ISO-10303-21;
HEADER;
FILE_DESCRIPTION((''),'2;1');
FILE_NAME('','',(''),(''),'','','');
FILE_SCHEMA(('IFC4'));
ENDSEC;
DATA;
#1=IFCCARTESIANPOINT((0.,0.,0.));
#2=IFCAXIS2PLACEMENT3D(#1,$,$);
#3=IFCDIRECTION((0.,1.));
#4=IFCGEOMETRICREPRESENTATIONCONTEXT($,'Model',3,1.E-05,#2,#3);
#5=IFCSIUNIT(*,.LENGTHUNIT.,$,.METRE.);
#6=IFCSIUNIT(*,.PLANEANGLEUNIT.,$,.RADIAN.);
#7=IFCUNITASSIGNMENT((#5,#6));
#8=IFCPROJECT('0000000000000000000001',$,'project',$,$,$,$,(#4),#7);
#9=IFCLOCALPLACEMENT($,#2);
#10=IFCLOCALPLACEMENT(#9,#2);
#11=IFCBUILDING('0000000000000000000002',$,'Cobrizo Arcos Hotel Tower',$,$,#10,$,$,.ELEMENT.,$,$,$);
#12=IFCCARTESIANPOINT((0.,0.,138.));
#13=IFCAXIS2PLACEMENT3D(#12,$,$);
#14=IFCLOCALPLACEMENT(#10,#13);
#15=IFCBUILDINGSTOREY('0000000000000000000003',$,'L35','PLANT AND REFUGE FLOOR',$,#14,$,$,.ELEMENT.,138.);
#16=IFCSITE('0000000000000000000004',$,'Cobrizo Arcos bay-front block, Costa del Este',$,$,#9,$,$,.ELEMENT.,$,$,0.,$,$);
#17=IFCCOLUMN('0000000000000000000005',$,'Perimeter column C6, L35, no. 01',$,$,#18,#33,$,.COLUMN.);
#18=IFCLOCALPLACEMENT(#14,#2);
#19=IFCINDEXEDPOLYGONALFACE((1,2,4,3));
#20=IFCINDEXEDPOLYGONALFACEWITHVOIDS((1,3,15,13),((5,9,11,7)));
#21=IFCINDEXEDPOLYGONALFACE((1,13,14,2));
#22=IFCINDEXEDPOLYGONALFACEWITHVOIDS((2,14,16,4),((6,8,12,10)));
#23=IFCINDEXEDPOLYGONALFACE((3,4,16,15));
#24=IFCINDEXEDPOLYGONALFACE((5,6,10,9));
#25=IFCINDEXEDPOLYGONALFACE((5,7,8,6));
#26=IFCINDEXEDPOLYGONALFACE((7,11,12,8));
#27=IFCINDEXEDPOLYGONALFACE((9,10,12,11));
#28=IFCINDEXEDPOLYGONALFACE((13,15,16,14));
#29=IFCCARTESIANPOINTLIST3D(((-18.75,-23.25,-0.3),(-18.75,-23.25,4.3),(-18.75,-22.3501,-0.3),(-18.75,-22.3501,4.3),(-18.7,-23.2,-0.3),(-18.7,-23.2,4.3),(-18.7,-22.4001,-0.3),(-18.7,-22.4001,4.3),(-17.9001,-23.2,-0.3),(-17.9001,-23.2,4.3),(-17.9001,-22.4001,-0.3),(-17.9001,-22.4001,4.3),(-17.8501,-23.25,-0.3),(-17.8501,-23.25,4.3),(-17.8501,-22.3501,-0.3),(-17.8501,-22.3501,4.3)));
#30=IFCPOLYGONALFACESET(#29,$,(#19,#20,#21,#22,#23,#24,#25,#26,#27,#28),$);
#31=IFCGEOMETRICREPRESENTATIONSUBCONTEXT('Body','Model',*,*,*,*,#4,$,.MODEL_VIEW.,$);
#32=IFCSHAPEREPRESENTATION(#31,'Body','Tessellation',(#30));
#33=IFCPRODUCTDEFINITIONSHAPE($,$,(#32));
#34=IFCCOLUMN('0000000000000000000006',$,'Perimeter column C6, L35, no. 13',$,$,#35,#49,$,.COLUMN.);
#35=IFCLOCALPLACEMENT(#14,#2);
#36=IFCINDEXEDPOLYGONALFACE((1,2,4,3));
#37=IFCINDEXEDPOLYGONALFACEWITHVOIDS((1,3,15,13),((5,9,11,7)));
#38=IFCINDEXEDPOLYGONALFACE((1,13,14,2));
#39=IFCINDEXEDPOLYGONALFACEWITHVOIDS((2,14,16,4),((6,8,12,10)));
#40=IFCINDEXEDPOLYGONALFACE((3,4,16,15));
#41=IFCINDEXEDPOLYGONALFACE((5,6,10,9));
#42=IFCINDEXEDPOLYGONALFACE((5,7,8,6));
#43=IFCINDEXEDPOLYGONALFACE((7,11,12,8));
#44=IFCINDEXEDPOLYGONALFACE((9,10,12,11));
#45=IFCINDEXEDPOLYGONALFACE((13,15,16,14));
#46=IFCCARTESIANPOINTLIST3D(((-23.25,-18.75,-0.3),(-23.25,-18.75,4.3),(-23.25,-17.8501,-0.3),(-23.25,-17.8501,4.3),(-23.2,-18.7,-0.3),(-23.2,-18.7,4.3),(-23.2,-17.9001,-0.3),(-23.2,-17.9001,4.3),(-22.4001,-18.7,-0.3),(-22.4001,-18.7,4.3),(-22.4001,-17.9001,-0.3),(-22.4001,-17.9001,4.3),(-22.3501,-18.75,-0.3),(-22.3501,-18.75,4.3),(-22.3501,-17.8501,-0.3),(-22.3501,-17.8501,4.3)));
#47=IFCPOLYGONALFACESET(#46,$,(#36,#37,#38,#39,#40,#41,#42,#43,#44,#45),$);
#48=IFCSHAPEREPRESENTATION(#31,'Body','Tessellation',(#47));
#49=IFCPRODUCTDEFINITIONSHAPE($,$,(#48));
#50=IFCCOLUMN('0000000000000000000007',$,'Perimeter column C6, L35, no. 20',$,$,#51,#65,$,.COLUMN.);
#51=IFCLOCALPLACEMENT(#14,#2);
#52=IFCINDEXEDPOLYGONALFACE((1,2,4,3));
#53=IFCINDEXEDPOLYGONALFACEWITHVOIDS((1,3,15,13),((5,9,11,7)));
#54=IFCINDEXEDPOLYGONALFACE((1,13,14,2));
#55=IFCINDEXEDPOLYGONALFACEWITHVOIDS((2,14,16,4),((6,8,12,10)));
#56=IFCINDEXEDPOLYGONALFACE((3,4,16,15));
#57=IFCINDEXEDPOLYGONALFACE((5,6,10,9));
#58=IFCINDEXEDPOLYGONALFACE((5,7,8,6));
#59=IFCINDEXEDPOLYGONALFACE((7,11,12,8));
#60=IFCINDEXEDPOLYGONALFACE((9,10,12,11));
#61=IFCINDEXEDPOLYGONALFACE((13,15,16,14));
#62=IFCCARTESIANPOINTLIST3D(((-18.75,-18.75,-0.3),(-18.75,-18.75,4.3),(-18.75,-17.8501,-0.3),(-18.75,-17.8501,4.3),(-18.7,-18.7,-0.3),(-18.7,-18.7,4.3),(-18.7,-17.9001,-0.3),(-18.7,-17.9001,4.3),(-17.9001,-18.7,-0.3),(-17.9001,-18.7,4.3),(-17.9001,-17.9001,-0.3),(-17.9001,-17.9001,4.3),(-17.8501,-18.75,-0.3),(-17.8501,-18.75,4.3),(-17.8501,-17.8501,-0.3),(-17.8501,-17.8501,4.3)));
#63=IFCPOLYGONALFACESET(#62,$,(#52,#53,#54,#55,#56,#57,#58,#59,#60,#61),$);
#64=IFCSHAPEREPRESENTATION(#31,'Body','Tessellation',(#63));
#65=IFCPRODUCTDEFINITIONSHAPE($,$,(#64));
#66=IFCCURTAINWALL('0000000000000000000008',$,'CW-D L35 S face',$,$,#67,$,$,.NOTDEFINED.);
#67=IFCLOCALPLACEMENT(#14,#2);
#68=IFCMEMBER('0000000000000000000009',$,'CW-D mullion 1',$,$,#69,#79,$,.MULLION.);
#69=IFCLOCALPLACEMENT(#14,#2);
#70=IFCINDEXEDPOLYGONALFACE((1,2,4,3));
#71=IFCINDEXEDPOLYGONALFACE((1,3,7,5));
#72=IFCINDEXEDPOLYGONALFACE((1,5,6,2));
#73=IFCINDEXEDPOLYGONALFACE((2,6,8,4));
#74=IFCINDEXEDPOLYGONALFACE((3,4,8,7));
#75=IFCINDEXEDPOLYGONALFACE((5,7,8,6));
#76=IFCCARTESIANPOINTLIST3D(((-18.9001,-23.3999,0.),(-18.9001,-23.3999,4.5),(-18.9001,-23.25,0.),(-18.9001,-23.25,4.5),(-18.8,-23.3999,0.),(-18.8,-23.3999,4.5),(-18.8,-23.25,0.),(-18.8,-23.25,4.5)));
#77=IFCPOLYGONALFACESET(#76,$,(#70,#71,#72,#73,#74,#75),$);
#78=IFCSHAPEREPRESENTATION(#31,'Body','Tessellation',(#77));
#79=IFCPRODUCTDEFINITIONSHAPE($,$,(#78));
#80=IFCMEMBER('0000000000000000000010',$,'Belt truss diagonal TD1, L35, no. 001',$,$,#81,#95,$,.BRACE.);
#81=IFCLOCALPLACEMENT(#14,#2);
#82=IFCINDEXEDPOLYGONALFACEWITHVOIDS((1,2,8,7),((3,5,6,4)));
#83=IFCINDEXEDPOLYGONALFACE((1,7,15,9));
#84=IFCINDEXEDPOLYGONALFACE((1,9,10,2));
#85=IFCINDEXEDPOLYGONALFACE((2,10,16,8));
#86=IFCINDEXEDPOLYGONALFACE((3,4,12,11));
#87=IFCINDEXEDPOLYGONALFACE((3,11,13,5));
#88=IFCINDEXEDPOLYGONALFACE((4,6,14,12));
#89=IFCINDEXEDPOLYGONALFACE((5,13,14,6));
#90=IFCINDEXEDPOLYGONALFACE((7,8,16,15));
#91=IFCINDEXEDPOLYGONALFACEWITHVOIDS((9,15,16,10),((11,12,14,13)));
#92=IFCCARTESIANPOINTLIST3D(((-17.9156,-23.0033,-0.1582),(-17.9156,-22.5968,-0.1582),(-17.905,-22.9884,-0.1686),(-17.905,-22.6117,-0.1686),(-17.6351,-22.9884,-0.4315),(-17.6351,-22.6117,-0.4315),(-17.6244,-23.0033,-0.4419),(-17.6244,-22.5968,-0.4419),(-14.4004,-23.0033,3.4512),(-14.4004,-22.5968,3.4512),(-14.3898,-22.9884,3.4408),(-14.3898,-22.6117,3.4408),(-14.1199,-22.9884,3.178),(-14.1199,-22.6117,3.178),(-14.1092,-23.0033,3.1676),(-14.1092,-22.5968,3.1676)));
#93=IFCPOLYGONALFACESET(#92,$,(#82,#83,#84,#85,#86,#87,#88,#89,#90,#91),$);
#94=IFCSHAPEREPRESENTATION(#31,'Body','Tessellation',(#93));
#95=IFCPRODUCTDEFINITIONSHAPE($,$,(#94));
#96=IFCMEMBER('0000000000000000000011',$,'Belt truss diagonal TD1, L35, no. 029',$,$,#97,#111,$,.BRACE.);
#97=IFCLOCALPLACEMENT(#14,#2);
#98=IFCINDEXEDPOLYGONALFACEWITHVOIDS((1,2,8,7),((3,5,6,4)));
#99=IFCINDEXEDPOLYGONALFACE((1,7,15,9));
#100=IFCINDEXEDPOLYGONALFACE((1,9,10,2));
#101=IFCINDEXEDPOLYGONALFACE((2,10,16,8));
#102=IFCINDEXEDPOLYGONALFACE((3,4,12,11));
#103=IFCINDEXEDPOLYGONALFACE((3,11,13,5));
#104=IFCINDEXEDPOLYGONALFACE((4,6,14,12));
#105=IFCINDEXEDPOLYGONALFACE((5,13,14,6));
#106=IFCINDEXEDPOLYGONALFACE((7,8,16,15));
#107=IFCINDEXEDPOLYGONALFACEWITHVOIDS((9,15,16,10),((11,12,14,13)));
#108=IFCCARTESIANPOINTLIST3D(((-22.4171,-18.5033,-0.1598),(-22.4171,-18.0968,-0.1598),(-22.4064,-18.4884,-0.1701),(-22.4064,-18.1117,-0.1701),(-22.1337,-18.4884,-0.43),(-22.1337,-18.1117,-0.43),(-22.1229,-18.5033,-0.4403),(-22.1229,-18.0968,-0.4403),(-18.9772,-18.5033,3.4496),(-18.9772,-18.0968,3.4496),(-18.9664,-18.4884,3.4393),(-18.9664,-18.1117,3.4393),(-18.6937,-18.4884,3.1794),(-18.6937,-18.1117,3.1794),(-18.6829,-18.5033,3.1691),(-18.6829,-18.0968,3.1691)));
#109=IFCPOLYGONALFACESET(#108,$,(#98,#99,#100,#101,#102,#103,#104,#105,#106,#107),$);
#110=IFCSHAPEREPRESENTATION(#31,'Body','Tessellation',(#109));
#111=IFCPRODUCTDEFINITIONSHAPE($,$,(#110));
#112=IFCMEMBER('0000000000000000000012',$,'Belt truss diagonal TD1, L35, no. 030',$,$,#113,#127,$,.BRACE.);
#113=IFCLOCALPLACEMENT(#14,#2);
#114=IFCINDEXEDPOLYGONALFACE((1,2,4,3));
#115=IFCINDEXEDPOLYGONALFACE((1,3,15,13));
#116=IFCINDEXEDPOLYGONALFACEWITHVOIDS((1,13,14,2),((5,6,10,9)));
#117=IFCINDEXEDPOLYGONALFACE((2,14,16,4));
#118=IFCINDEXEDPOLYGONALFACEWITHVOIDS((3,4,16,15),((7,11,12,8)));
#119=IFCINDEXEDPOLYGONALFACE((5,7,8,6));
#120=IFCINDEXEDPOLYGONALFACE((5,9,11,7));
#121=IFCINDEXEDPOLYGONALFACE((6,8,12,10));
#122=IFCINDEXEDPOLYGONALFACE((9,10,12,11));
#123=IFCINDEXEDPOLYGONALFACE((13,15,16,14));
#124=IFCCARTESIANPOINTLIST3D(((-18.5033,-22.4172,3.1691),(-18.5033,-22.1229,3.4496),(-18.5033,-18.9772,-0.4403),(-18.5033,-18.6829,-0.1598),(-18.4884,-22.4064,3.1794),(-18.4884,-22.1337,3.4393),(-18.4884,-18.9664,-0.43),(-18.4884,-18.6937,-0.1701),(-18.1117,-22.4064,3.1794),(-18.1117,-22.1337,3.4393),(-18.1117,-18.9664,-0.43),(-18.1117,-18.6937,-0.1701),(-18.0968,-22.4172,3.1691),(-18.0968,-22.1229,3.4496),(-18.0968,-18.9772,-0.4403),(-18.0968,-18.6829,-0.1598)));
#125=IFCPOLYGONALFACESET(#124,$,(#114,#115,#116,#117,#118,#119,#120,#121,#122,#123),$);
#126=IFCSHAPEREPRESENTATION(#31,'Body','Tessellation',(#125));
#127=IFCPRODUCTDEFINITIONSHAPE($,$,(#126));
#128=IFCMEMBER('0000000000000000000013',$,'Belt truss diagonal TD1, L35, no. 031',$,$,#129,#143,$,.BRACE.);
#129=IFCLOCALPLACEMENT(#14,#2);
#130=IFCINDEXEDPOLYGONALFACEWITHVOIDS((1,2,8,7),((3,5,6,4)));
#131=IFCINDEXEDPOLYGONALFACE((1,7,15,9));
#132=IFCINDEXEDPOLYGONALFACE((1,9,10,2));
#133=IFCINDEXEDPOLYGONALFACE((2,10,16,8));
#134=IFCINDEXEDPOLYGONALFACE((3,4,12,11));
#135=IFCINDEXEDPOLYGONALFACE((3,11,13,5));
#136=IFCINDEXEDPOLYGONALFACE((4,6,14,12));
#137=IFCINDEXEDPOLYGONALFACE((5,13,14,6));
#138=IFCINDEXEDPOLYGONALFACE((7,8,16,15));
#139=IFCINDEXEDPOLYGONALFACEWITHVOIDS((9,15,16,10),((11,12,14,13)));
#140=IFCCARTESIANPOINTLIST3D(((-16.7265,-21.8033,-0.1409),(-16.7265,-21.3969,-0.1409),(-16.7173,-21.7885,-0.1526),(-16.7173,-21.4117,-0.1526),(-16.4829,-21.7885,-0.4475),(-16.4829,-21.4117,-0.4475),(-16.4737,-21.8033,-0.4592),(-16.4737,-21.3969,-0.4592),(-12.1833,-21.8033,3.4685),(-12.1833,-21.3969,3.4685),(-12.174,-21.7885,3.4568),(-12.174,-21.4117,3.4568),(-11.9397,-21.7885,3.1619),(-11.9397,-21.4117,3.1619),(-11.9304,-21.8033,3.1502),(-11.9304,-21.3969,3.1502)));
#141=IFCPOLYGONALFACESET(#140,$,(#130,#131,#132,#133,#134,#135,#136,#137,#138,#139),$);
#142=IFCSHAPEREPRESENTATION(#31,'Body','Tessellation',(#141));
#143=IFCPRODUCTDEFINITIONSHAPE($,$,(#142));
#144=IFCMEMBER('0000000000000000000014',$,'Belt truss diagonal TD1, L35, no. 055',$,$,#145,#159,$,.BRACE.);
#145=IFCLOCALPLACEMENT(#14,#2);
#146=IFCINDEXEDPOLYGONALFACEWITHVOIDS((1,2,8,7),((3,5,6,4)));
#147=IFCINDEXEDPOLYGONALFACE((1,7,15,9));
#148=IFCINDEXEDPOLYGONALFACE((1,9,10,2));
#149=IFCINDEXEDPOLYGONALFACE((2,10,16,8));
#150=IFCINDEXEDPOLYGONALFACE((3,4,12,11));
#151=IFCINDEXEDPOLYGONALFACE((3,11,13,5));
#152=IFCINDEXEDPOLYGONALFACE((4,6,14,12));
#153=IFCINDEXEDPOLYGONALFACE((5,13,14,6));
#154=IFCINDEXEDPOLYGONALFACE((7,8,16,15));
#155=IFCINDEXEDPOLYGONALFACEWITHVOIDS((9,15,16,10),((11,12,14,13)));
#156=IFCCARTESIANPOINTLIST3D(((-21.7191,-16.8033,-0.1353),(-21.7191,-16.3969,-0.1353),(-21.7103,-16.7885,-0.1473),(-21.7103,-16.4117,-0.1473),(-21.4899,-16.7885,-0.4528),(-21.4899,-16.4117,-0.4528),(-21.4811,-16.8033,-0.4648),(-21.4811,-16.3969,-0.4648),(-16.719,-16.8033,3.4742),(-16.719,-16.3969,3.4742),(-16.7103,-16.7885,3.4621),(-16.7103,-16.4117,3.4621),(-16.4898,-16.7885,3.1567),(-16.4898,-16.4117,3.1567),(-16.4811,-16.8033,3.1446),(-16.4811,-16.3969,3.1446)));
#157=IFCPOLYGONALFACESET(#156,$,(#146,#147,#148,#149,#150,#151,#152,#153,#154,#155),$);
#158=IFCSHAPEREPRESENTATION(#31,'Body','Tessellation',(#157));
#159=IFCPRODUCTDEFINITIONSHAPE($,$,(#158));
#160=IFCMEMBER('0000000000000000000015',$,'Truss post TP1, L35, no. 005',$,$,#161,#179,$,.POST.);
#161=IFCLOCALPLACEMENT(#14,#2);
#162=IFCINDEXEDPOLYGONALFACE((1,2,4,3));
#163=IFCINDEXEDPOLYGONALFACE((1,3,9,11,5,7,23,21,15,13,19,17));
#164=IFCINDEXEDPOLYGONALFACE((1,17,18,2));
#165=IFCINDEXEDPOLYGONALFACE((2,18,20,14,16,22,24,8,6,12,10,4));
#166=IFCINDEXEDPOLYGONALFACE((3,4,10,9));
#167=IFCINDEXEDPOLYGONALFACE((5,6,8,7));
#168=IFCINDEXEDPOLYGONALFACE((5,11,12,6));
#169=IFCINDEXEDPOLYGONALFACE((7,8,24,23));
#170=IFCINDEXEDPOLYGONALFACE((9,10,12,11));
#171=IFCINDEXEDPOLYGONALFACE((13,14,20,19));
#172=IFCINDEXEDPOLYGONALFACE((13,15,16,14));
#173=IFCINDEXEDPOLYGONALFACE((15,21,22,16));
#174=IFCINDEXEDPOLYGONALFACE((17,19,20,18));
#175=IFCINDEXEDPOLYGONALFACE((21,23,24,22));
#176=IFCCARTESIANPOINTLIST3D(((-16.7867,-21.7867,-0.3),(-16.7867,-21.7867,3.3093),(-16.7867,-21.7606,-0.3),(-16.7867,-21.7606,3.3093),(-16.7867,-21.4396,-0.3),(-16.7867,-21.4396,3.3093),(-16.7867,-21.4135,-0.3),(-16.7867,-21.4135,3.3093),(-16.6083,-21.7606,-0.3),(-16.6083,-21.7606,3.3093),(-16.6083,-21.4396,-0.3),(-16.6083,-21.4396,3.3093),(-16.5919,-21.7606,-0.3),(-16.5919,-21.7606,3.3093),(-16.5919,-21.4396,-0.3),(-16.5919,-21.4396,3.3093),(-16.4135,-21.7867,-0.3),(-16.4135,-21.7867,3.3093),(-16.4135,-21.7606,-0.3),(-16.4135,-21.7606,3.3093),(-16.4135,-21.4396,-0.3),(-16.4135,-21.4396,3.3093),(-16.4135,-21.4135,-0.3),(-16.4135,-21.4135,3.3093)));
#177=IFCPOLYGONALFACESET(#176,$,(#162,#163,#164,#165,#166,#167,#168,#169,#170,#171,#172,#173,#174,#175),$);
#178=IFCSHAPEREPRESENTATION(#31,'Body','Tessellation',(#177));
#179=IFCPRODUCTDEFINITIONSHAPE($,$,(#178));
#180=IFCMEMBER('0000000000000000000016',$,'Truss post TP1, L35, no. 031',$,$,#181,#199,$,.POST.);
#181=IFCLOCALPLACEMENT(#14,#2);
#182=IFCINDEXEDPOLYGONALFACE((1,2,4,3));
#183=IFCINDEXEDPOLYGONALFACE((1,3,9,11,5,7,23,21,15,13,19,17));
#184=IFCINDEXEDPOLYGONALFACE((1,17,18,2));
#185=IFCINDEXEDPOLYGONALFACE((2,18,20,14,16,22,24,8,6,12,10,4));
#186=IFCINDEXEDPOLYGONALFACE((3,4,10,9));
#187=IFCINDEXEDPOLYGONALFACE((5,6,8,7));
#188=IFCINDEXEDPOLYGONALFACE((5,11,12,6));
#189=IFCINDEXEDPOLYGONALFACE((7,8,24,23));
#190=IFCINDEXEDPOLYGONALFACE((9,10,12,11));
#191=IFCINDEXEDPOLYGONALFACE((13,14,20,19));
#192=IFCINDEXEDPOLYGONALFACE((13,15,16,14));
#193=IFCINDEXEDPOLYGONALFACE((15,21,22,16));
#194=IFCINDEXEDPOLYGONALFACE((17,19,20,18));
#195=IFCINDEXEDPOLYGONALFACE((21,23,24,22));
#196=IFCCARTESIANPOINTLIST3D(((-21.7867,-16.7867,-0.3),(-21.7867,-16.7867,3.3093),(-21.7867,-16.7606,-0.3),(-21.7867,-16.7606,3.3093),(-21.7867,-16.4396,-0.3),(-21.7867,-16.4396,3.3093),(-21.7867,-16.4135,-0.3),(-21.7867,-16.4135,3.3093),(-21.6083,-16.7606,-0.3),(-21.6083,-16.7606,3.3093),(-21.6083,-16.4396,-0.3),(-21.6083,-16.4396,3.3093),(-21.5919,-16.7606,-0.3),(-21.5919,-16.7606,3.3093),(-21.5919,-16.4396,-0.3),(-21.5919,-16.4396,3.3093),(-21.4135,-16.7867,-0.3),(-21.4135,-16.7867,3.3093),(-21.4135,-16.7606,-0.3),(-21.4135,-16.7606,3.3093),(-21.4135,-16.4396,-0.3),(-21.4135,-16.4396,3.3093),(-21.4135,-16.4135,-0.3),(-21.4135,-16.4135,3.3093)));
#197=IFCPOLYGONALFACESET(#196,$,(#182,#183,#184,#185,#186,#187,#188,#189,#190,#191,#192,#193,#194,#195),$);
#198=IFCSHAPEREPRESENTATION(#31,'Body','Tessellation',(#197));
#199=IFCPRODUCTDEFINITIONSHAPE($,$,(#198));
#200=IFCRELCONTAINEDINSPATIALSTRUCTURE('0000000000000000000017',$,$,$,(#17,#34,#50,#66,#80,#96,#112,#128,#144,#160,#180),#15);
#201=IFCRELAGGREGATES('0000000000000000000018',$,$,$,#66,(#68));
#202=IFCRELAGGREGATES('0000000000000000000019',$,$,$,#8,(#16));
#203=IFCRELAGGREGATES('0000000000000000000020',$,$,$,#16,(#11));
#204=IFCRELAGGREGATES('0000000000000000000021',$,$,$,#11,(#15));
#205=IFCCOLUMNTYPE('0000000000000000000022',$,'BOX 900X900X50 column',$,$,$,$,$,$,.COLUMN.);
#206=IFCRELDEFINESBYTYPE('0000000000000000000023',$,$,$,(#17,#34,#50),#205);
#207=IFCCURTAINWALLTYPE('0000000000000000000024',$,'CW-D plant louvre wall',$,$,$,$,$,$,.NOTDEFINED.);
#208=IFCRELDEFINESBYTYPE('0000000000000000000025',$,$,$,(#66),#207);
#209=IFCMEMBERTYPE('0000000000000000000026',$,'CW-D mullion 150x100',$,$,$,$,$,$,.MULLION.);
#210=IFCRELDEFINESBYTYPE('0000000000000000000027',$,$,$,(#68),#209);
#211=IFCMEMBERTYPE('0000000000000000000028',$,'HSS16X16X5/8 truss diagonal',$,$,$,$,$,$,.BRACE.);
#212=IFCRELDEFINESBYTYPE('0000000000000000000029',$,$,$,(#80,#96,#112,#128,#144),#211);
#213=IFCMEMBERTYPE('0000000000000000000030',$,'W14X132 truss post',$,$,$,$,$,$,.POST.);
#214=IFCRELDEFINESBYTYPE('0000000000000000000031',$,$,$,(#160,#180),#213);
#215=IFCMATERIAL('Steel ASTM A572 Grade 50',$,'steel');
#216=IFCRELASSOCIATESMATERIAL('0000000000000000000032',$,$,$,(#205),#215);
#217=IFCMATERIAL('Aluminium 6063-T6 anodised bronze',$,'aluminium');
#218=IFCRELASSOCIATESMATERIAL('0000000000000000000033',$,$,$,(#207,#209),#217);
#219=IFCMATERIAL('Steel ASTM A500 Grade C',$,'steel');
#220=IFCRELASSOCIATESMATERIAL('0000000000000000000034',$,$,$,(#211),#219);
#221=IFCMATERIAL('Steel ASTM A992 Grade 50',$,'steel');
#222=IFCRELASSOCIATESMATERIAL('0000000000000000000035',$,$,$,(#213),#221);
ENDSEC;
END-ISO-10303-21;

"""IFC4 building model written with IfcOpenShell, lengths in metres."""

from ifc_helpers import new_model, si_unit, direction, frame, origin, origin_2d, place, context, subcontext, project, spatial, rectangle, hollow_rectangle, i_section, extrude, material, material_profile, profile_set, type_object, element, aggregate, save


model = new_model("IFC4")

# Units and contexts
model_context = context("Model", 3, precision=1e-05, world=origin(), true_north=direction((0.0, 1.0)))
body_context = subcontext(model_context, "Body", "Model", "MODEL_VIEW")
ifc_project = project(units=[si_unit("LENGTHUNIT", "METRE"), si_unit("PLANEANGLEUNIT", "RADIAN")], contexts=[model_context])

# Site, building, storey
site_placement = place(None, origin())
site = spatial("IfcSite", under=ifc_project, at=site_placement, Name="Cobrizo Arcos bay-front block, Costa del Este", CompositionType="ELEMENT", RefElevation=0.0)
building_placement = place(site_placement, origin())
building = spatial("IfcBuilding", under=site, at=building_placement, Name="Cobrizo Arcos Hotel Tower", CompositionType="ELEMENT")
storey_placement = place(building_placement, frame((0.0, 0.0, 138.0)))
storey = spatial("IfcBuildingStorey", under=building, at=storey_placement, Name="L35", Description="PLANT AND REFUGE FLOOR", CompositionType="ELEMENT", Elevation=138.0)

# Columns
ifc_material_1 = material(Name="Steel ASTM A572 Grade 50", Category="steel")
ifc_material_profile_1 = material_profile(ifc_material_1, hollow_rectangle(XDim=0.8999, YDim=0.8999, WallThickness=0.05, at=origin_2d()), Name="BOX 900X900X50")
ifc_profile_set_1 = profile_set([ifc_material_profile_1], Name="Steel ASTM A572 Grade 50")
column_type = type_object("IfcColumnType", Name="BOX 900X900X50 column", PredefinedType="COLUMN", material=ifc_profile_set_1)
for number, where, z_axis, x_axis, name in (
    (1, (-18.3, -22.8, -0.3), (0.0, 0.0, 1.0), (1.0, 0.0, 0.0), "Perimeter column C6, L35, no. 01"),
    (2, (-22.8, -18.3, -0.3), (0.0, 0.0, 1.0), (1.0, 0.0, 0.0), "Perimeter column C6, L35, no. 13"),
    (3, (-18.3, -18.3, -0.3), (0.0, 0.0, 1.0), (1.0, 0.0, 0.0), "Perimeter column C6, L35, no. 20"),
):
    element("IfcColumn", number, at=place(storey_placement, frame(where, z_axis=z_axis, x_axis=x_axis)), inside=storey, type_object=column_type, Name=name, PredefinedType="COLUMN", context=body_context, shape_type="SweptSolid", body=[
        extrude(hollow_rectangle(XDim=0.8999, YDim=0.8999, WallThickness=0.05, at=origin_2d()), origin(), (0.0, 0.0, 1.0), 4.6001),
    ])

# Curtain wall, member
ifc_material_2 = material(Name="Aluminium 6063-T6 anodised bronze", Category="aluminium")
curtain_wall_type = type_object("IfcCurtainWallType", Name="CW-D plant louvre wall", PredefinedType="NOTDEFINED", material=ifc_material_2)
curtain_wall_placement = place(storey_placement, origin())
curtain_wall = element("IfcCurtainWall", 4, at=curtain_wall_placement, inside=storey, type_object=curtain_wall_type, Name="CW-D L35 S face", PredefinedType="NOTDEFINED")
ifc_material_profile_2 = material_profile(ifc_material_2, rectangle(XDim=0.1499, YDim=0.1001, at=origin_2d()), Name="CW-D mullion 150x100")
ifc_profile_set_2 = profile_set([ifc_material_profile_2], Name="Aluminium 6063-T6 anodised bronze")
member_type_1 = type_object("IfcMemberType", Name="CW-D mullion 150x100", PredefinedType="MULLION", material=ifc_profile_set_2)
member_1_placement = place(storey_placement, frame((-18.8501, -23.325, 0.0), z_axis=(0.0, 0.0, 1.0), x_axis=(0.0, -1.0, 0.0)))
member_1 = element("IfcMember", 5, at=member_1_placement, type_object=member_type_1, Name="CW-D mullion 1", PredefinedType="MULLION", context=body_context, shape_type="SweptSolid", body=[
    extrude(rectangle(XDim=0.1499, YDim=0.1001, at=origin_2d()), origin(), (0.0, 0.0, 1.0), 4.5),
])

# Members
ifc_material_3 = material(Name="Steel ASTM A500 Grade C", Category="steel")
ifc_material_profile_3 = material_profile(ifc_material_3, hollow_rectangle(XDim=0.4065, YDim=0.4065, WallThickness=0.0149, at=origin_2d()), Name="HSS16X16X5/8")
ifc_profile_set_3 = profile_set([ifc_material_profile_3], Name="Steel ASTM A500 Grade C")
member_type_2 = type_object("IfcMemberType", Name="HSS16X16X5/8 truss diagonal", PredefinedType="BRACE", material=ifc_profile_set_3)
member_2_placement = place(storey_placement, frame((-17.77, -22.8, -0.3), z_axis=(0.697693, 0.0, 0.716397), x_axis=(0.0, 1.0, 0.0)))
element("IfcMember", 6, at=member_2_placement, inside=storey, type_object=member_type_2, Name="Belt truss diagonal TD1, L35, no. 001", PredefinedType="BRACE", context=body_context, shape_type="SweptSolid", body=[
    extrude(hollow_rectangle(XDim=0.4065, YDim=0.4065, WallThickness=0.0149, at=origin_2d()), origin(), (0.0, 0.0, 1.0), 5.0383),
])
for number, where, z_axis, x_axis, name in (
    (7, (-22.27, -18.3, -0.3), (0.689912, 0.0, 0.723893), (0.0, 1.0, 0.0), "Belt truss diagonal TD1, L35, no. 029"),
    (8, (-18.3, -18.8301, -0.3), (0.0, -0.689912, 0.723893), (1.0, 0.0, 0.0), "Belt truss diagonal TD1, L35, no. 030"),
):
    element("IfcMember", number, at=place(storey_placement, frame(where, z_axis=z_axis, x_axis=x_axis)), inside=storey, type_object=member_type_2, Name=name, PredefinedType="BRACE", context=body_context, shape_type="SweptSolid", body=[
        extrude(hollow_rectangle(XDim=0.4065, YDim=0.4065, WallThickness=0.0149, at=origin_2d()), origin(), (0.0, 0.0, 1.0), 4.9861),
    ])
member_3_placement = place(storey_placement, frame((-16.6001, -21.6001, -0.3), z_axis=(0.782982, 0.0, 0.622044), x_axis=(0.0, 1.0, 0.0)))
element("IfcMember", 9, at=member_3_placement, inside=storey, type_object=member_type_2, Name="Belt truss diagonal TD1, L35, no. 031", PredefinedType="BRACE", context=body_context, shape_type="SweptSolid", body=[
    extrude(hollow_rectangle(XDim=0.4065, YDim=0.4065, WallThickness=0.0149, at=origin_2d()), origin(), (0.0, 0.0, 1.0), 5.8025),
])
member_4_placement = place(storey_placement, frame((-21.6001, -16.6001, -0.3), z_axis=(0.810813, 0.0, 0.585306), x_axis=(0.0, 1.0, 0.0)))
element("IfcMember", 10, at=member_4_placement, inside=storey, type_object=member_type_2, Name="Belt truss diagonal TD1, L35, no. 055", PredefinedType="BRACE", context=body_context, shape_type="SweptSolid", body=[
    extrude(hollow_rectangle(XDim=0.4065, YDim=0.4065, WallThickness=0.0149, at=origin_2d()), origin(), (0.0, 0.0, 1.0), 6.1667),
])
ifc_material_4 = material(Name="Steel ASTM A992 Grade 50", Category="steel")
ifc_material_profile_4 = material_profile(ifc_material_4, i_section(OverallWidth=0.3733, OverallDepth=0.3733, WebThickness=0.0164, FlangeThickness=0.0261, at=origin_2d()), Name="W14X132")
ifc_profile_set_4 = profile_set([ifc_material_profile_4], Name="Steel ASTM A992 Grade 50")
member_type_3 = type_object("IfcMemberType", Name="W14X132 truss post", PredefinedType="POST", material=ifc_profile_set_4)
for number, where, z_axis, x_axis, name in (
    (11, (-16.6001, -21.6001, -0.3), (0.0, 0.0, 1.0), (1.0, 0.0, 0.0), "Truss post TP1, L35, no. 005"),
    (12, (-21.6001, -16.6001, -0.3), (0.0, 0.0, 1.0), (1.0, 0.0, 0.0), "Truss post TP1, L35, no. 031"),
):
    element("IfcMember", number, at=place(storey_placement, frame(where, z_axis=z_axis, x_axis=x_axis)), inside=storey, type_object=member_type_3, Name=name, PredefinedType="POST", context=body_context, shape_type="SweptSolid", body=[
        extrude(i_section(OverallWidth=0.3733, OverallDepth=0.3733, WebThickness=0.0164, FlangeThickness=0.0261, at=origin_2d()), origin(), (0.0, 0.0, 1.0), 3.6094),
    ])

aggregate(curtain_wall, [member_1])

save(model, "model.ifc")
